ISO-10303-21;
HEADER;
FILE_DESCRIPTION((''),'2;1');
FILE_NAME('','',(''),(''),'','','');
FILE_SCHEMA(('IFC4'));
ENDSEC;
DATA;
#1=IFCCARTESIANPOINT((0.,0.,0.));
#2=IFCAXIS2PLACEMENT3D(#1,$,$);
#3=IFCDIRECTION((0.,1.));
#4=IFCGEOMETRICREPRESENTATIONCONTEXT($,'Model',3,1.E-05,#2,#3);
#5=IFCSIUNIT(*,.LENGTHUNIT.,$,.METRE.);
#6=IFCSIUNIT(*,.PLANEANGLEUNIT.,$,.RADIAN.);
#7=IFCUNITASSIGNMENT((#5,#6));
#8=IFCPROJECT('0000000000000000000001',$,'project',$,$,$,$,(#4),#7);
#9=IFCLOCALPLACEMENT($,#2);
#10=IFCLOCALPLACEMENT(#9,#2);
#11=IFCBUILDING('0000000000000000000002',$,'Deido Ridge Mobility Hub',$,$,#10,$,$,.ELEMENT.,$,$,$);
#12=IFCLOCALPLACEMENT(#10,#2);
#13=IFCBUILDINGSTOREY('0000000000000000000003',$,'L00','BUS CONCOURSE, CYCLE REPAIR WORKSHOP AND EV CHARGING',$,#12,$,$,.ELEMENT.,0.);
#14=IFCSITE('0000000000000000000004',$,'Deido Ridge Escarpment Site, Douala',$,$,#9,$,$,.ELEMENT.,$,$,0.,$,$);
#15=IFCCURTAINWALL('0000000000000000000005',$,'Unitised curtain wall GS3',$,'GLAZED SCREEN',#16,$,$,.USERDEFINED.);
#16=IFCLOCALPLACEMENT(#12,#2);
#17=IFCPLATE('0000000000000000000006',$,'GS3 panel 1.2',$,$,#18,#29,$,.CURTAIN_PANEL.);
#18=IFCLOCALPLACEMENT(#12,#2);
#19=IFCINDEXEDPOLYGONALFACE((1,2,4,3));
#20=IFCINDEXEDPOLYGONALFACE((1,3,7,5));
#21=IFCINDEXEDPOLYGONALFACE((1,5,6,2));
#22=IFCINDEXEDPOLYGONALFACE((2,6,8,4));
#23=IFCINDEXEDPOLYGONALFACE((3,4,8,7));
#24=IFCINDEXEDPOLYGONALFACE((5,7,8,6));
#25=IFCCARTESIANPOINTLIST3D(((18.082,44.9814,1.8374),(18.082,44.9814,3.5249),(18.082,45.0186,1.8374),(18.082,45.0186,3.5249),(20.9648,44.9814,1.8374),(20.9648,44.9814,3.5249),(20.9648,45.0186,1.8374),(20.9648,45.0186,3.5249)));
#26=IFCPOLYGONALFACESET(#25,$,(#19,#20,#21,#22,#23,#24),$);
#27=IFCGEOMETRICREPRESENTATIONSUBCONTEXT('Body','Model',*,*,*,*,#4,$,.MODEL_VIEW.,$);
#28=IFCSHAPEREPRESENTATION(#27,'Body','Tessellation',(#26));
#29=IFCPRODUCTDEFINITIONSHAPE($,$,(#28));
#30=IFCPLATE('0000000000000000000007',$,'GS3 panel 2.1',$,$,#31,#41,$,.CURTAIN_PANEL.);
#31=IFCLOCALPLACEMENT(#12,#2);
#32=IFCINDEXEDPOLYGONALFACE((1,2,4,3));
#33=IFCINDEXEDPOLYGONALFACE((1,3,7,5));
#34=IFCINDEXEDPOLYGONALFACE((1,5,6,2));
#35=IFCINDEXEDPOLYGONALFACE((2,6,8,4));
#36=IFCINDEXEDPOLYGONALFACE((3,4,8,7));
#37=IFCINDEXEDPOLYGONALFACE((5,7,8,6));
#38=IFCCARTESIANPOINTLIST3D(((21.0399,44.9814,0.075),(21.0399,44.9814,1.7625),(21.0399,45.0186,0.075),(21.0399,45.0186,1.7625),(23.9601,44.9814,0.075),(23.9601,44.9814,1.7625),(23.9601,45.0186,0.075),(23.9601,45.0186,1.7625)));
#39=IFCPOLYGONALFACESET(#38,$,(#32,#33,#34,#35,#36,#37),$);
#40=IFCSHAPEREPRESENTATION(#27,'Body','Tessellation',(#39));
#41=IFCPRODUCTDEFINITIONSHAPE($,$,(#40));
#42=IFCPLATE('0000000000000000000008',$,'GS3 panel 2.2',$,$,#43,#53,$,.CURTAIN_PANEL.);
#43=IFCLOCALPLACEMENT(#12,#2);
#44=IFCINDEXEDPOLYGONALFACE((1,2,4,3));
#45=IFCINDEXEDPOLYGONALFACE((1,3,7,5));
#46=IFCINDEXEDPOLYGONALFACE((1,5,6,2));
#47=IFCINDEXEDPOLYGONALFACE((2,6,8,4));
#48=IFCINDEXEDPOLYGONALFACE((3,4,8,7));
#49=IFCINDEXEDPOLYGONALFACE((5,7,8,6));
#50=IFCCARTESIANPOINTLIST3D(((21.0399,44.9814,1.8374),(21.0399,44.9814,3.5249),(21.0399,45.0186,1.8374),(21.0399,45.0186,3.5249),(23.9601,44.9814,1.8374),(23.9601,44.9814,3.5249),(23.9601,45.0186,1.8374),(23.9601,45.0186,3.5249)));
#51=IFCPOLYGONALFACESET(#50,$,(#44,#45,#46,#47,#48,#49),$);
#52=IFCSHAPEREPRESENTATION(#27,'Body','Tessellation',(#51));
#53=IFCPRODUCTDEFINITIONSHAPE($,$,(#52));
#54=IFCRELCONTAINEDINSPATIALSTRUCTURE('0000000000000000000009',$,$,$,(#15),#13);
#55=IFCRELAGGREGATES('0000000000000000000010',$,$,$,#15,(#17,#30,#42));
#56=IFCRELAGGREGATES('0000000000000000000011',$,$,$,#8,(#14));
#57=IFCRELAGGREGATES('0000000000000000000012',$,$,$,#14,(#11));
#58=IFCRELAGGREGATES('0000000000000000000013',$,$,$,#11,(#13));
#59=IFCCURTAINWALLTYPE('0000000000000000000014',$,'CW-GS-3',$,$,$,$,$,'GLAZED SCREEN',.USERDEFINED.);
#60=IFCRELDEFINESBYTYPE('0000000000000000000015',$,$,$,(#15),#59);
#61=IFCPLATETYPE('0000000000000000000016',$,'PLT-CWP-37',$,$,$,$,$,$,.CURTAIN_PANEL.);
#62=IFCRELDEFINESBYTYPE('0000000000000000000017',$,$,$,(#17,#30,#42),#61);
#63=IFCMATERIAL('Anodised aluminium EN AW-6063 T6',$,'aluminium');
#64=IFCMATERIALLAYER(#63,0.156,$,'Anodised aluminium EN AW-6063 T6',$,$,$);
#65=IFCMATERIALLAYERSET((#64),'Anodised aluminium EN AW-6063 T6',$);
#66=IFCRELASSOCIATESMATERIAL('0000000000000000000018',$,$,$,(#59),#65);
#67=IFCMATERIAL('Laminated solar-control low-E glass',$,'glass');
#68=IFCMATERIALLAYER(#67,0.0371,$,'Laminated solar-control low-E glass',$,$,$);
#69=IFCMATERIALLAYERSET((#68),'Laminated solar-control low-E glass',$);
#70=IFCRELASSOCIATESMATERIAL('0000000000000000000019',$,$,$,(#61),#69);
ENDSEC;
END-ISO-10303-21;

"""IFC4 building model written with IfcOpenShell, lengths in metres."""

from ifc_helpers import new_model, si_unit, direction, frame, origin, origin_2d, place, context, subcontext, project, spatial, rectangle, extrude, material, layer, layer_set, type_object, element, aggregate, save


model = new_model("IFC4")

# Units and contexts
model_context = context("Model", 3, precision=1e-05, world=origin(), true_north=direction((0.0, 1.0)))
body_context = subcontext(model_context, "Body", "Model", "MODEL_VIEW")
ifc_project = project(units=[si_unit("LENGTHUNIT", "METRE"), si_unit("PLANEANGLEUNIT", "RADIAN")], contexts=[model_context])

# Site, building, storey
site_placement = place(None, origin())
site = spatial("IfcSite", under=ifc_project, at=site_placement, Name="Deido Ridge Escarpment Site, Douala", CompositionType="ELEMENT", RefElevation=0.0)
building_placement = place(site_placement, origin())
building = spatial("IfcBuilding", under=site, at=building_placement, Name="Deido Ridge Mobility Hub", CompositionType="ELEMENT")
storey_placement = place(building_placement, origin())
storey = spatial("IfcBuildingStorey", under=building, at=storey_placement, Name="L00", Description="BUS CONCOURSE, CYCLE REPAIR WORKSHOP AND EV CHARGING", CompositionType="ELEMENT", Elevation=0.0)

# Curtain wall, plates
ifc_material_1 = material(Name="Anodised aluminium EN AW-6063 T6", Category="aluminium")
ifc_layer_1 = layer(ifc_material_1, 0.156, Name="Anodised aluminium EN AW-6063 T6")
ifc_layer_set_1 = layer_set([ifc_layer_1], Name="Anodised aluminium EN AW-6063 T6")
curtain_wall_type = type_object("IfcCurtainWallType", Name="CW-GS-3", ElementType="GLAZED SCREEN", PredefinedType="USERDEFINED", material=ifc_layer_set_1)
curtain_wall_placement = place(storey_placement, origin())
curtain_wall = element("IfcCurtainWall", 1, at=curtain_wall_placement, inside=storey, type_object=curtain_wall_type, Name="Unitised curtain wall GS3", ObjectType="GLAZED SCREEN", PredefinedType="USERDEFINED")
ifc_material_2 = material(Name="Laminated solar-control low-E glass", Category="glass")
ifc_layer_2 = layer(ifc_material_2, 0.0371, Name="Laminated solar-control low-E glass")
ifc_layer_set_2 = layer_set([ifc_layer_2], Name="Laminated solar-control low-E glass")
plate_type = type_object("IfcPlateType", Name="PLT-CWP-37", PredefinedType="CURTAIN_PANEL", material=ifc_layer_set_2)
plate_1_placement = place(storey_placement, frame((19.5234, 45.0, 1.8374), z_axis=(0.0, 0.0, 1.0), x_axis=(1.0, 0.0, 0.0)))
plate_1 = element("IfcPlate", 2, at=plate_1_placement, type_object=plate_type, Name="GS3 panel 1.2", PredefinedType="CURTAIN_PANEL", context=body_context, shape_type="SweptSolid", body=[
    extrude(rectangle(XDim=2.8828, YDim=0.0371, at=origin_2d()), origin(), (0.0, 0.0, 1.0), 1.6875),
])
plate_2_placement = place(storey_placement, frame((22.5, 45.0, 0.075), z_axis=(0.0, 0.0, 1.0), x_axis=(1.0, 0.0, 0.0)))
plate_2 = element("IfcPlate", 3, at=plate_2_placement, type_object=plate_type, Name="GS3 panel 2.1", PredefinedType="CURTAIN_PANEL", context=body_context, shape_type="SweptSolid", body=[
    extrude(rectangle(XDim=2.9202, YDim=0.0371, at=origin_2d()), origin(), (0.0, 0.0, 1.0), 1.6875),
])
plate_3_placement = place(storey_placement, frame((22.5, 45.0, 1.8374), z_axis=(0.0, 0.0, 1.0), x_axis=(1.0, 0.0, 0.0)))
plate_3 = element("IfcPlate", 4, at=plate_3_placement, type_object=plate_type, Name="GS3 panel 2.2", PredefinedType="CURTAIN_PANEL", context=body_context, shape_type="SweptSolid", body=[
    extrude(rectangle(XDim=2.9202, YDim=0.0371, at=origin_2d()), origin(), (0.0, 0.0, 1.0), 1.6875),
])
aggregate(curtain_wall, [plate_1, plate_2, plate_3])

save(model, "model.ifc")
